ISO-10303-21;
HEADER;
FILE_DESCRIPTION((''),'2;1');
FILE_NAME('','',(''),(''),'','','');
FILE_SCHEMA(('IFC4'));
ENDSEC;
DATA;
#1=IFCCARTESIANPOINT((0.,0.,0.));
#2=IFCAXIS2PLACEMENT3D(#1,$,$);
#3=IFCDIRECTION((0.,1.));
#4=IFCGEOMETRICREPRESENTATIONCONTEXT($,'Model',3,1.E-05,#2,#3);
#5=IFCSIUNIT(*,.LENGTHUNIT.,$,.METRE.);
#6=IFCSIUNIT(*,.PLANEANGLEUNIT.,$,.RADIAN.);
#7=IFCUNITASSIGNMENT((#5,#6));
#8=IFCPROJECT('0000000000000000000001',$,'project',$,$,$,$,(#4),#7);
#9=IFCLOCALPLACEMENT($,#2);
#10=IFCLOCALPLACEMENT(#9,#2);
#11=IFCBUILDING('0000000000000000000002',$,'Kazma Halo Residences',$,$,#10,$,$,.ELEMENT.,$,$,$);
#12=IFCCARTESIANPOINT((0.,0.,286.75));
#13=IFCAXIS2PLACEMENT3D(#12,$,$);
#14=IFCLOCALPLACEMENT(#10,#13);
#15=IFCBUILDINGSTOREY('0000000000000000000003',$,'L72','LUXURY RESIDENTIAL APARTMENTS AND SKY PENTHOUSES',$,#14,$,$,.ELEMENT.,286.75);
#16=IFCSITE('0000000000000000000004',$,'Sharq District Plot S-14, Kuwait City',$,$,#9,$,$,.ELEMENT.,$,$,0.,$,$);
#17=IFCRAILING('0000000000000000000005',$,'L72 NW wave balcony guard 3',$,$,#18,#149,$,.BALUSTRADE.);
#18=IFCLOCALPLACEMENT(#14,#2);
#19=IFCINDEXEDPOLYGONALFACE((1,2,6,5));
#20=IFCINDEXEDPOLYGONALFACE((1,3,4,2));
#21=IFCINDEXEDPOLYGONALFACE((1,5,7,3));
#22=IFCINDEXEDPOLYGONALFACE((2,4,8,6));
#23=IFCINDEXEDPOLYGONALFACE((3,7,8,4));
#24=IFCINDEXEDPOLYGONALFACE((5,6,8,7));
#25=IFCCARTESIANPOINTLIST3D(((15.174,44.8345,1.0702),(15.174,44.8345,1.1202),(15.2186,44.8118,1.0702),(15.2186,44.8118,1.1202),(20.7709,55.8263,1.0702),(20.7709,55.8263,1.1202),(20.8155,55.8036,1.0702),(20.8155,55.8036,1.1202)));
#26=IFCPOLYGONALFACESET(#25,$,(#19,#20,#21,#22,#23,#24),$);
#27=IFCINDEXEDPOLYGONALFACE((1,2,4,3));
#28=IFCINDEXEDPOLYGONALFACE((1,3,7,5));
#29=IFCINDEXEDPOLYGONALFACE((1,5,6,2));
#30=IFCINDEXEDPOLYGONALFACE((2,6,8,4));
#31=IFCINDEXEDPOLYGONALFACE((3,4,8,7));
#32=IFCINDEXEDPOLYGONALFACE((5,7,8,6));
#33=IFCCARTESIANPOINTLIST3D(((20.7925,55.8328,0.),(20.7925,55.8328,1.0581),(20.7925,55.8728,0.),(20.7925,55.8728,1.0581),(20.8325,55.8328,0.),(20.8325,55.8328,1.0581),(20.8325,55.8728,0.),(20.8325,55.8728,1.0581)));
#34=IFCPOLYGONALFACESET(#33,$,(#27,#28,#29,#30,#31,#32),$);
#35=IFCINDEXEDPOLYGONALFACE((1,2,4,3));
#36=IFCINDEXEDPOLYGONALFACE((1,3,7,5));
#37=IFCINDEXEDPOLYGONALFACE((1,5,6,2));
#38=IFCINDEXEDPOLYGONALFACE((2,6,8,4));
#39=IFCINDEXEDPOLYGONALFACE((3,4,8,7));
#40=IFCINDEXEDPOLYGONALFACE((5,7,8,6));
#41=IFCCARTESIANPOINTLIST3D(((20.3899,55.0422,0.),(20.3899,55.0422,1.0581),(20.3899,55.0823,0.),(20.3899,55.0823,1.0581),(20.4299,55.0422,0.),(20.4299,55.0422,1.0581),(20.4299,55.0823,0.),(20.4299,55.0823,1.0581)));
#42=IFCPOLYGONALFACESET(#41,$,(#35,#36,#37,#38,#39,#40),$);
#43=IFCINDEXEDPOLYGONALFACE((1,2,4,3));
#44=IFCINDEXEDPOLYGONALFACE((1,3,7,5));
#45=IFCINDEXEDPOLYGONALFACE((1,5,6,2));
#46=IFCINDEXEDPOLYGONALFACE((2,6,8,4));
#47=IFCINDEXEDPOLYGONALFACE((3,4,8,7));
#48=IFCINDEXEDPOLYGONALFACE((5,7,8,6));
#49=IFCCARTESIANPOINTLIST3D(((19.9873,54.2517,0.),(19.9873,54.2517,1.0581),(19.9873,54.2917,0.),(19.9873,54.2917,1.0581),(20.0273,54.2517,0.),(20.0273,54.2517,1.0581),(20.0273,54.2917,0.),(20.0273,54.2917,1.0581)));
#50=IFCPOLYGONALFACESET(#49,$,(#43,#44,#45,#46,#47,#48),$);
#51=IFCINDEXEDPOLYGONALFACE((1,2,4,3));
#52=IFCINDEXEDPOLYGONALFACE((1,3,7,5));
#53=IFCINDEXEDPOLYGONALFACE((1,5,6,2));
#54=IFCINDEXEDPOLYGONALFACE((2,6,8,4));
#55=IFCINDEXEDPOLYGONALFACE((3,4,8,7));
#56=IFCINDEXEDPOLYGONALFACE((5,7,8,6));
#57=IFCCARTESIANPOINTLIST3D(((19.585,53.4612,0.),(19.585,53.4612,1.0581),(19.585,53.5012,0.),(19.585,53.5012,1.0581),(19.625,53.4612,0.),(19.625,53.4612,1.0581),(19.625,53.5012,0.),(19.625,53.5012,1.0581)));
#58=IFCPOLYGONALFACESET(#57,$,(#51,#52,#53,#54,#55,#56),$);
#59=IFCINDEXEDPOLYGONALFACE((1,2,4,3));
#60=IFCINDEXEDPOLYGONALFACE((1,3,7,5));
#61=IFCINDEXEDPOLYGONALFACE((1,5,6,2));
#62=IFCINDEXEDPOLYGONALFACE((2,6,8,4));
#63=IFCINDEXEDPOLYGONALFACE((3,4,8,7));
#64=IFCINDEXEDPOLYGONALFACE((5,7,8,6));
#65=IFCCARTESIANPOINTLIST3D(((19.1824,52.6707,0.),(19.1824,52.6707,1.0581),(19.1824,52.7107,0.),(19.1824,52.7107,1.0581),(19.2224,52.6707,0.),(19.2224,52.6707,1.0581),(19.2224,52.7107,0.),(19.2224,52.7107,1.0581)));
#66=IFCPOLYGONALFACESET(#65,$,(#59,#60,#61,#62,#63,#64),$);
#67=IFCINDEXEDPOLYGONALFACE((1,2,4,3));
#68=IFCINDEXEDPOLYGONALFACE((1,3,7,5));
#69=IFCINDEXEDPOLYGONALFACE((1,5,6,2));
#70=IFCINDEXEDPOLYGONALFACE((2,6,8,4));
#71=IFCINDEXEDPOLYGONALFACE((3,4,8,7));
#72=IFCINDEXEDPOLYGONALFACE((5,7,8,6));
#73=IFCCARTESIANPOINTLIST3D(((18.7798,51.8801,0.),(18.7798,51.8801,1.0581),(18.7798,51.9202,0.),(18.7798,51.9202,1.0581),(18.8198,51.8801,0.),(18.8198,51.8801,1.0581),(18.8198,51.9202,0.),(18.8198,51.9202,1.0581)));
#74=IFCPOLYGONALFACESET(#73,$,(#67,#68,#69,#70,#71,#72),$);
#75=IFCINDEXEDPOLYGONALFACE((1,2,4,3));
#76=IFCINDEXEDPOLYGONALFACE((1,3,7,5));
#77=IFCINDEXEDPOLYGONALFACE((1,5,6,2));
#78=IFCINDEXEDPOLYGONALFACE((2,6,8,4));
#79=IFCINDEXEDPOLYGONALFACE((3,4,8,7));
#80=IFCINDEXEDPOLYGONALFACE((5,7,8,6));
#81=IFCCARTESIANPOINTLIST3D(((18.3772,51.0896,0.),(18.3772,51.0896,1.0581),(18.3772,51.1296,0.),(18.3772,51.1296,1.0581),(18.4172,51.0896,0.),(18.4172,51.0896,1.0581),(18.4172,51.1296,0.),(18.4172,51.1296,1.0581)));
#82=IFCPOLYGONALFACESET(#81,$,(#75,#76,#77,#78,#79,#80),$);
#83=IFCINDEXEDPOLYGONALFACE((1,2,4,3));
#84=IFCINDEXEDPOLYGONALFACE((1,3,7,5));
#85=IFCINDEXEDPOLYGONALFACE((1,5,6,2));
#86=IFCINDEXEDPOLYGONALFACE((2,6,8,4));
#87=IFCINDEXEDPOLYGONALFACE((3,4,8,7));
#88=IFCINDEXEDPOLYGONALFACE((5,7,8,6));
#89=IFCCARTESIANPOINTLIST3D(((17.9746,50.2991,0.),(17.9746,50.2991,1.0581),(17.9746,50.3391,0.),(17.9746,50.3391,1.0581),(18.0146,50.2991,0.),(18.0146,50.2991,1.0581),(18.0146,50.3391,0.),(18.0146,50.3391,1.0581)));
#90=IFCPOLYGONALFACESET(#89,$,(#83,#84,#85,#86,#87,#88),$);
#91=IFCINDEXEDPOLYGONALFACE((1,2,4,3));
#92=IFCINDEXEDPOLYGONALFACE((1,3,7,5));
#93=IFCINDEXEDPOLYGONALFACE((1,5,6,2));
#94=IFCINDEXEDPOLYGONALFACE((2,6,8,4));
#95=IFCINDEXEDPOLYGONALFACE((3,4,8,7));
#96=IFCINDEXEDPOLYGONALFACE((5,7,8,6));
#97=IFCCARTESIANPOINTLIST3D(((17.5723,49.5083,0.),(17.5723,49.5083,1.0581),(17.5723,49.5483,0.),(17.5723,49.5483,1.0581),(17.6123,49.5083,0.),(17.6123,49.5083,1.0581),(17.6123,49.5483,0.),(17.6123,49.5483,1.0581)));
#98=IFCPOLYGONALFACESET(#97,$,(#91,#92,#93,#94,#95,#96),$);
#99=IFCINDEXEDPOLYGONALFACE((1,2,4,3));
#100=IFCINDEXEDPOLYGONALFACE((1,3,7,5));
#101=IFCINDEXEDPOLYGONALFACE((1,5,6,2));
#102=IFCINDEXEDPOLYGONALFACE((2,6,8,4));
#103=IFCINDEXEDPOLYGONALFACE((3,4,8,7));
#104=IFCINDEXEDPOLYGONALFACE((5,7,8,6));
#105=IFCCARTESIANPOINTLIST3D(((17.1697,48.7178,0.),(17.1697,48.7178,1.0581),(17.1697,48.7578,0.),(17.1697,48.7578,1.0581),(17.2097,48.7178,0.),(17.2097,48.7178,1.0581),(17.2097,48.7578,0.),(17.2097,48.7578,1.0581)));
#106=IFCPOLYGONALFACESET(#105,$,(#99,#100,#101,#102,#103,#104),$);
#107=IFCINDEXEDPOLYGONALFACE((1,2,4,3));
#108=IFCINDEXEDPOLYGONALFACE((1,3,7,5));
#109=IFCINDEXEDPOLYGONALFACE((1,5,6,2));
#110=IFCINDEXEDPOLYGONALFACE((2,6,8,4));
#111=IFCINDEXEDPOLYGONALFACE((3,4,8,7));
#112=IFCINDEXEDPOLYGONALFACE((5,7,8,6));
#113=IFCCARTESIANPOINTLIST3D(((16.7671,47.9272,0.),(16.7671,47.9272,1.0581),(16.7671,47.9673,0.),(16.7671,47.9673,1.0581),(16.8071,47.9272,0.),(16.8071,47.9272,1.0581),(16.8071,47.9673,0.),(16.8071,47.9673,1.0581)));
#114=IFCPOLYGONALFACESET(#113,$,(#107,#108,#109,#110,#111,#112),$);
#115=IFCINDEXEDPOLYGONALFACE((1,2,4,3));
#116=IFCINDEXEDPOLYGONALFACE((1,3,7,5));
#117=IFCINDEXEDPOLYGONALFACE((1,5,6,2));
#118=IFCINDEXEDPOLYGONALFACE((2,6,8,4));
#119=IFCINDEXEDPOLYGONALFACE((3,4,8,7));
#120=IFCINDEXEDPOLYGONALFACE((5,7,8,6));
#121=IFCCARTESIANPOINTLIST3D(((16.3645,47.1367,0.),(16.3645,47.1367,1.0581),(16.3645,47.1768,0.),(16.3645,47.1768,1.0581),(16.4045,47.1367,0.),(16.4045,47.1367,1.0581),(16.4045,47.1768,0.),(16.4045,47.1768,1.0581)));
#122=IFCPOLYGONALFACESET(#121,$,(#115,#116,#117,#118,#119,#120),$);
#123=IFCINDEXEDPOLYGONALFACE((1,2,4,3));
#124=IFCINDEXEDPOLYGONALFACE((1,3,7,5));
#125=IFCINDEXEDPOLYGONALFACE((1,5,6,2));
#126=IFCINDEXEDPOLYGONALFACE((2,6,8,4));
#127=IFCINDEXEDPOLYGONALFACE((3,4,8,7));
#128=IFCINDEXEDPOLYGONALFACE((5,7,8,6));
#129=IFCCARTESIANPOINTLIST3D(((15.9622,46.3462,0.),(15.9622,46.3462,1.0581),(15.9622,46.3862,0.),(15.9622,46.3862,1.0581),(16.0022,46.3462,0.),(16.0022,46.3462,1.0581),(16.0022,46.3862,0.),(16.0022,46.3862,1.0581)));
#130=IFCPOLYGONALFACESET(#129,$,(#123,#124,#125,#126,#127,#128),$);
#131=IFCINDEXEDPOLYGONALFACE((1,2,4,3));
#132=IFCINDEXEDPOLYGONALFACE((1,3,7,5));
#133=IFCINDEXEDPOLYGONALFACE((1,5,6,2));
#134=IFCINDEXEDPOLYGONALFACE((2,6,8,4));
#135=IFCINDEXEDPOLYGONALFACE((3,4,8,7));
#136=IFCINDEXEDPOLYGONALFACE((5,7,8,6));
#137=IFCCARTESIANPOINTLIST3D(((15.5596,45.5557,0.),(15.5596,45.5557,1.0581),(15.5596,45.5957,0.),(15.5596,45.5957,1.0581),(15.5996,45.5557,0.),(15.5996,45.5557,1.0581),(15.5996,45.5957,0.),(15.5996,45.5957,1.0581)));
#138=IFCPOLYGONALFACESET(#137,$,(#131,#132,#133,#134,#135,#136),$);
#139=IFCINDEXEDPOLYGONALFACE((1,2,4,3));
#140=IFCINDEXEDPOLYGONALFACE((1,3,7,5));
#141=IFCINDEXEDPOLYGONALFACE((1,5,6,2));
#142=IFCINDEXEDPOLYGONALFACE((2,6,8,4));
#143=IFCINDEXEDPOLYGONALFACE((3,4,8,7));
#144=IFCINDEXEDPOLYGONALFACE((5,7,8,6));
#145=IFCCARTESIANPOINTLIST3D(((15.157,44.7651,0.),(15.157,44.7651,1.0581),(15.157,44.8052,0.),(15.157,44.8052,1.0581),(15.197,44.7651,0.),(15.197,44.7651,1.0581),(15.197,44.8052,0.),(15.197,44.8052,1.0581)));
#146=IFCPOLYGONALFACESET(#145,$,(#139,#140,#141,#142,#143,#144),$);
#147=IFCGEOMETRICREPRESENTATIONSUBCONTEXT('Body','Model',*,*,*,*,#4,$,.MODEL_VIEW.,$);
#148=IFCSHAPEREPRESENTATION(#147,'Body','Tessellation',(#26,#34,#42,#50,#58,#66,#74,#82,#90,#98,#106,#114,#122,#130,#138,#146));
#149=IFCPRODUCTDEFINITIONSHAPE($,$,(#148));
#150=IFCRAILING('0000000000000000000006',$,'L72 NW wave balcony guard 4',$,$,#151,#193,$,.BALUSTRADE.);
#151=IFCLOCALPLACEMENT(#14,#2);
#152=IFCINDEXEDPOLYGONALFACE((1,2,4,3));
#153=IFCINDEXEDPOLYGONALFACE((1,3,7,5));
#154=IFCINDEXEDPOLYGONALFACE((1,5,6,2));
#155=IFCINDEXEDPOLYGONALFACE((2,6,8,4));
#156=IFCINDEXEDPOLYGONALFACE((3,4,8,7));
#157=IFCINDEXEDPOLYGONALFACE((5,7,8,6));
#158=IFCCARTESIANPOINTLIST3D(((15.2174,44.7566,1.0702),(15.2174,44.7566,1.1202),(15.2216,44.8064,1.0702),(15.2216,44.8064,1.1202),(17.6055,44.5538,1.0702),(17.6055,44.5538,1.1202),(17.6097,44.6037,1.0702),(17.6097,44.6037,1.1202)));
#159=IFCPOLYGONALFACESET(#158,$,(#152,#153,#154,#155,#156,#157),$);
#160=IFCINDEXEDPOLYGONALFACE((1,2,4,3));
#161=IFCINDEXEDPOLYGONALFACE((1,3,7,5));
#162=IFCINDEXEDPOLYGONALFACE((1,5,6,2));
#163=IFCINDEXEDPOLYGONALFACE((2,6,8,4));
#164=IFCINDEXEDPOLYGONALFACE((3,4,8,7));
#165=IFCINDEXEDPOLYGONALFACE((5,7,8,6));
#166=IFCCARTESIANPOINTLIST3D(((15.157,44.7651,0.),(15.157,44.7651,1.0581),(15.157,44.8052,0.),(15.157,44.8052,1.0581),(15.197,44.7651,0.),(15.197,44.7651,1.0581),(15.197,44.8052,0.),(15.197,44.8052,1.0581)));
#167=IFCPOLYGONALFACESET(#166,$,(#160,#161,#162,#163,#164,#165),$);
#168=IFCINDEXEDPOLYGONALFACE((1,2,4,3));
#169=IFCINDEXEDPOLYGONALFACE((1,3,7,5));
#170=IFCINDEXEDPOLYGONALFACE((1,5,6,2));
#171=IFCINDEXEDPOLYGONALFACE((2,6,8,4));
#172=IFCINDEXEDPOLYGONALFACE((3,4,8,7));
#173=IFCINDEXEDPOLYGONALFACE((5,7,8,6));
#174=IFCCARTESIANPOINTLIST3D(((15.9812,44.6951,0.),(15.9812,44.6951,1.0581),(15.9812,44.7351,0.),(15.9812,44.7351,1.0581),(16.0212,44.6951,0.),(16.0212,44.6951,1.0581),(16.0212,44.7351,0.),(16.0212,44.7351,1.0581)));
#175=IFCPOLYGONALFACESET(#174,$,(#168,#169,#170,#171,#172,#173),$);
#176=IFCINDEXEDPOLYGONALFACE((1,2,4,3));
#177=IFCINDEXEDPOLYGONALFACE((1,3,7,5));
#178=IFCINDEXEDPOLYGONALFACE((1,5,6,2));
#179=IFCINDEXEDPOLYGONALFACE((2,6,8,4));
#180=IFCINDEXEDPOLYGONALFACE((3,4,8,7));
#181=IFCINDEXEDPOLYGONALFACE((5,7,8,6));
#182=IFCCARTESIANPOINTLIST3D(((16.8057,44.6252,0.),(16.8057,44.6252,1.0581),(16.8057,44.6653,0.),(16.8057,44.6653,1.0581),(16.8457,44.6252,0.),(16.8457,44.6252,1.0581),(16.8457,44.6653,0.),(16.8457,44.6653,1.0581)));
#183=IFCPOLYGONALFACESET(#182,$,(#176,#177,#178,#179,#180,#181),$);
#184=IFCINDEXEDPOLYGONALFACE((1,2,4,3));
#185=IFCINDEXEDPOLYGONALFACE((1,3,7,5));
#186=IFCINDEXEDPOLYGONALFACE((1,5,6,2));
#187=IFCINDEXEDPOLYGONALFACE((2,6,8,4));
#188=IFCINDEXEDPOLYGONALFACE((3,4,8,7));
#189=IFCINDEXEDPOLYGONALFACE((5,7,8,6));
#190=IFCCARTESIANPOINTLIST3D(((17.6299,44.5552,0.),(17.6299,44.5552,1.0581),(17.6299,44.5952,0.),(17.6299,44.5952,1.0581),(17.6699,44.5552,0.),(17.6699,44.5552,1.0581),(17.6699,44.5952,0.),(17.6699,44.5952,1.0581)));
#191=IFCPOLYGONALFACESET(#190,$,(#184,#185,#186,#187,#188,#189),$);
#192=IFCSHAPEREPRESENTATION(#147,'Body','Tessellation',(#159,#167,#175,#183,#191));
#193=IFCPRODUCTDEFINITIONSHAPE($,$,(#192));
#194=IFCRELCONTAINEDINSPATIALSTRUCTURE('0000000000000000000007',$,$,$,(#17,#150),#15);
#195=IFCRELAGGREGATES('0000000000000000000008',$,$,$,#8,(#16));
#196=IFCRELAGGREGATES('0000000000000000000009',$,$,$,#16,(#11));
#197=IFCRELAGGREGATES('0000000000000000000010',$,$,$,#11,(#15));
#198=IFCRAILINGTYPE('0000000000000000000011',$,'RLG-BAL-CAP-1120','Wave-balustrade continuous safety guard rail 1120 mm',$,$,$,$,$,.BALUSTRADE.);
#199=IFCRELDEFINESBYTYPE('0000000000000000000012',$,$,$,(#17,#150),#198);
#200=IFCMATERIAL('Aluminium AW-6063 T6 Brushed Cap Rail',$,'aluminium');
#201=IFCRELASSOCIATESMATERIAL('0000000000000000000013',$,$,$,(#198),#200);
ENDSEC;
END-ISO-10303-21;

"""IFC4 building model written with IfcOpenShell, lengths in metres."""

from ifc_helpers import new_model, si_unit, direction, frame, origin, origin_2d, place, context, subcontext, project, spatial, rectangle, extrude, material, type_object, element, save


model = new_model("IFC4")

# Units and contexts
model_context = context("Model", 3, precision=1e-05, world=origin(), true_north=direction((0.0, 1.0)))
body_context = subcontext(model_context, "Body", "Model", "MODEL_VIEW")
ifc_project = project(units=[si_unit("LENGTHUNIT", "METRE"), si_unit("PLANEANGLEUNIT", "RADIAN")], contexts=[model_context])

# Site, building, storey
site_placement = place(None, origin())
site = spatial("IfcSite", under=ifc_project, at=site_placement, Name="Sharq District Plot S-14, Kuwait City", CompositionType="ELEMENT", RefElevation=0.0)
building_placement = place(site_placement, origin())
building = spatial("IfcBuilding", under=site, at=building_placement, Name="Kazma Halo Residences", CompositionType="ELEMENT")
storey_placement = place(building_placement, frame((0.0, 0.0, 286.75)))
storey = spatial("IfcBuildingStorey", under=building, at=storey_placement, Name="L72", Description="LUXURY RESIDENTIAL APARTMENTS AND SKY PENTHOUSES", CompositionType="ELEMENT", Elevation=286.75)

# Railings
ifc_material_1 = material(Name="Aluminium AW-6063 T6 Brushed Cap Rail", Category="aluminium")
railing_type = type_object("IfcRailingType", Name="RLG-BAL-CAP-1120", Description="Wave-balustrade continuous safety guard rail 1120 mm", PredefinedType="BALUSTRADE", material=ifc_material_1)
railing_1_placement = place(storey_placement, frame((20.8125, 55.8528, 0.0)))
element("IfcRailing", 1, at=railing_1_placement, inside=storey, type_object=railing_type, Name="L72 NW wave balcony guard 3", PredefinedType="BALUSTRADE", context=body_context, shape_type="SweptSolid", body=[
    extrude(rectangle(XDim=0.05, YDim=0.05, at=origin_2d()), frame((-0.0193, -0.0378, 1.0952), z_axis=(-0.453751, -0.891128, 0.0), x_axis=(0.891128, -0.453751, 0.0)), (0.0, 0.0, 1.0), 12.3347),
    extrude(rectangle(XDim=0.04, YDim=0.04, at=origin_2d()), origin(), (0.0, 0.0, 1.0), 1.0581),
    extrude(rectangle(XDim=0.04, YDim=0.04, at=origin_2d()), frame((-0.4026, -0.7905, 0.0)), (0.0, 0.0, 1.0), 1.0581),
    extrude(rectangle(XDim=0.04, YDim=0.04, at=origin_2d()), frame((-0.8052, -1.5811, 0.0)), (0.0, 0.0, 1.0), 1.0581),
    extrude(rectangle(XDim=0.04, YDim=0.04, at=origin_2d()), frame((-1.2075, -2.3716, 0.0)), (0.0, 0.0, 1.0), 1.0581),
    extrude(rectangle(XDim=0.04, YDim=0.04, at=origin_2d()), frame((-1.6101, -3.1621, 0.0)), (0.0, 0.0, 1.0), 1.0581),
    extrude(rectangle(XDim=0.04, YDim=0.04, at=origin_2d()), frame((-2.0127, -3.9526, 0.0)), (0.0, 0.0, 1.0), 1.0581),
    extrude(rectangle(XDim=0.04, YDim=0.04, at=origin_2d()), frame((-2.4153, -4.7432, 0.0)), (0.0, 0.0, 1.0), 1.0581),
    extrude(rectangle(XDim=0.04, YDim=0.04, at=origin_2d()), frame((-2.8179, -5.5337, 0.0)), (0.0, 0.0, 1.0), 1.0581),
    extrude(rectangle(XDim=0.04, YDim=0.04, at=origin_2d()), frame((-3.2202, -6.3245, 0.0)), (0.0, 0.0, 1.0), 1.0581),
    extrude(rectangle(XDim=0.04, YDim=0.04, at=origin_2d()), frame((-3.6228, -7.115, 0.0)), (0.0, 0.0, 1.0), 1.0581),
    extrude(rectangle(XDim=0.04, YDim=0.04, at=origin_2d()), frame((-4.0254, -7.9055, 0.0)), (0.0, 0.0, 1.0), 1.0581),
    extrude(rectangle(XDim=0.04, YDim=0.04, at=origin_2d()), frame((-4.428, -8.696, 0.0)), (0.0, 0.0, 1.0), 1.0581),
    extrude(rectangle(XDim=0.04, YDim=0.04, at=origin_2d()), frame((-4.8303, -9.4866, 0.0)), (0.0, 0.0, 1.0), 1.0581),
    extrude(rectangle(XDim=0.04, YDim=0.04, at=origin_2d()), frame((-5.2329, -10.2771, 0.0)), (0.0, 0.0, 1.0), 1.0581),
    extrude(rectangle(XDim=0.04, YDim=0.04, at=origin_2d()), frame((-5.6355, -11.0676, 0.0)), (0.0, 0.0, 1.0), 1.0581),
])
railing_2_placement = place(storey_placement, frame((15.177, 44.7852, 0.0)))
element("IfcRailing", 2, at=railing_2_placement, inside=storey, type_object=railing_type, Name="L72 NW wave balcony guard 4", PredefinedType="BALUSTRADE", context=body_context, shape_type="SweptSolid", body=[
    extrude(rectangle(XDim=0.05, YDim=0.05, at=origin_2d()), frame((0.0425, -0.0037, 1.0952), z_axis=(0.996415, -0.0846, 0.0), x_axis=(0.0846, 0.996415, 0.0)), (0.0, 0.0, 1.0), 2.3967),
    extrude(rectangle(XDim=0.04, YDim=0.04, at=origin_2d()), origin(), (0.0, 0.0, 1.0), 1.0581),
    extrude(rectangle(XDim=0.04, YDim=0.04, at=origin_2d()), frame((0.8242, -0.0701, 0.0)), (0.0, 0.0, 1.0), 1.0581),
    extrude(rectangle(XDim=0.04, YDim=0.04, at=origin_2d()), frame((1.6487, -0.1399, 0.0)), (0.0, 0.0, 1.0), 1.0581),
    extrude(rectangle(XDim=0.04, YDim=0.04, at=origin_2d()), frame((2.4729, -0.21, 0.0)), (0.0, 0.0, 1.0), 1.0581),
])

save(model, "model.ifc")
